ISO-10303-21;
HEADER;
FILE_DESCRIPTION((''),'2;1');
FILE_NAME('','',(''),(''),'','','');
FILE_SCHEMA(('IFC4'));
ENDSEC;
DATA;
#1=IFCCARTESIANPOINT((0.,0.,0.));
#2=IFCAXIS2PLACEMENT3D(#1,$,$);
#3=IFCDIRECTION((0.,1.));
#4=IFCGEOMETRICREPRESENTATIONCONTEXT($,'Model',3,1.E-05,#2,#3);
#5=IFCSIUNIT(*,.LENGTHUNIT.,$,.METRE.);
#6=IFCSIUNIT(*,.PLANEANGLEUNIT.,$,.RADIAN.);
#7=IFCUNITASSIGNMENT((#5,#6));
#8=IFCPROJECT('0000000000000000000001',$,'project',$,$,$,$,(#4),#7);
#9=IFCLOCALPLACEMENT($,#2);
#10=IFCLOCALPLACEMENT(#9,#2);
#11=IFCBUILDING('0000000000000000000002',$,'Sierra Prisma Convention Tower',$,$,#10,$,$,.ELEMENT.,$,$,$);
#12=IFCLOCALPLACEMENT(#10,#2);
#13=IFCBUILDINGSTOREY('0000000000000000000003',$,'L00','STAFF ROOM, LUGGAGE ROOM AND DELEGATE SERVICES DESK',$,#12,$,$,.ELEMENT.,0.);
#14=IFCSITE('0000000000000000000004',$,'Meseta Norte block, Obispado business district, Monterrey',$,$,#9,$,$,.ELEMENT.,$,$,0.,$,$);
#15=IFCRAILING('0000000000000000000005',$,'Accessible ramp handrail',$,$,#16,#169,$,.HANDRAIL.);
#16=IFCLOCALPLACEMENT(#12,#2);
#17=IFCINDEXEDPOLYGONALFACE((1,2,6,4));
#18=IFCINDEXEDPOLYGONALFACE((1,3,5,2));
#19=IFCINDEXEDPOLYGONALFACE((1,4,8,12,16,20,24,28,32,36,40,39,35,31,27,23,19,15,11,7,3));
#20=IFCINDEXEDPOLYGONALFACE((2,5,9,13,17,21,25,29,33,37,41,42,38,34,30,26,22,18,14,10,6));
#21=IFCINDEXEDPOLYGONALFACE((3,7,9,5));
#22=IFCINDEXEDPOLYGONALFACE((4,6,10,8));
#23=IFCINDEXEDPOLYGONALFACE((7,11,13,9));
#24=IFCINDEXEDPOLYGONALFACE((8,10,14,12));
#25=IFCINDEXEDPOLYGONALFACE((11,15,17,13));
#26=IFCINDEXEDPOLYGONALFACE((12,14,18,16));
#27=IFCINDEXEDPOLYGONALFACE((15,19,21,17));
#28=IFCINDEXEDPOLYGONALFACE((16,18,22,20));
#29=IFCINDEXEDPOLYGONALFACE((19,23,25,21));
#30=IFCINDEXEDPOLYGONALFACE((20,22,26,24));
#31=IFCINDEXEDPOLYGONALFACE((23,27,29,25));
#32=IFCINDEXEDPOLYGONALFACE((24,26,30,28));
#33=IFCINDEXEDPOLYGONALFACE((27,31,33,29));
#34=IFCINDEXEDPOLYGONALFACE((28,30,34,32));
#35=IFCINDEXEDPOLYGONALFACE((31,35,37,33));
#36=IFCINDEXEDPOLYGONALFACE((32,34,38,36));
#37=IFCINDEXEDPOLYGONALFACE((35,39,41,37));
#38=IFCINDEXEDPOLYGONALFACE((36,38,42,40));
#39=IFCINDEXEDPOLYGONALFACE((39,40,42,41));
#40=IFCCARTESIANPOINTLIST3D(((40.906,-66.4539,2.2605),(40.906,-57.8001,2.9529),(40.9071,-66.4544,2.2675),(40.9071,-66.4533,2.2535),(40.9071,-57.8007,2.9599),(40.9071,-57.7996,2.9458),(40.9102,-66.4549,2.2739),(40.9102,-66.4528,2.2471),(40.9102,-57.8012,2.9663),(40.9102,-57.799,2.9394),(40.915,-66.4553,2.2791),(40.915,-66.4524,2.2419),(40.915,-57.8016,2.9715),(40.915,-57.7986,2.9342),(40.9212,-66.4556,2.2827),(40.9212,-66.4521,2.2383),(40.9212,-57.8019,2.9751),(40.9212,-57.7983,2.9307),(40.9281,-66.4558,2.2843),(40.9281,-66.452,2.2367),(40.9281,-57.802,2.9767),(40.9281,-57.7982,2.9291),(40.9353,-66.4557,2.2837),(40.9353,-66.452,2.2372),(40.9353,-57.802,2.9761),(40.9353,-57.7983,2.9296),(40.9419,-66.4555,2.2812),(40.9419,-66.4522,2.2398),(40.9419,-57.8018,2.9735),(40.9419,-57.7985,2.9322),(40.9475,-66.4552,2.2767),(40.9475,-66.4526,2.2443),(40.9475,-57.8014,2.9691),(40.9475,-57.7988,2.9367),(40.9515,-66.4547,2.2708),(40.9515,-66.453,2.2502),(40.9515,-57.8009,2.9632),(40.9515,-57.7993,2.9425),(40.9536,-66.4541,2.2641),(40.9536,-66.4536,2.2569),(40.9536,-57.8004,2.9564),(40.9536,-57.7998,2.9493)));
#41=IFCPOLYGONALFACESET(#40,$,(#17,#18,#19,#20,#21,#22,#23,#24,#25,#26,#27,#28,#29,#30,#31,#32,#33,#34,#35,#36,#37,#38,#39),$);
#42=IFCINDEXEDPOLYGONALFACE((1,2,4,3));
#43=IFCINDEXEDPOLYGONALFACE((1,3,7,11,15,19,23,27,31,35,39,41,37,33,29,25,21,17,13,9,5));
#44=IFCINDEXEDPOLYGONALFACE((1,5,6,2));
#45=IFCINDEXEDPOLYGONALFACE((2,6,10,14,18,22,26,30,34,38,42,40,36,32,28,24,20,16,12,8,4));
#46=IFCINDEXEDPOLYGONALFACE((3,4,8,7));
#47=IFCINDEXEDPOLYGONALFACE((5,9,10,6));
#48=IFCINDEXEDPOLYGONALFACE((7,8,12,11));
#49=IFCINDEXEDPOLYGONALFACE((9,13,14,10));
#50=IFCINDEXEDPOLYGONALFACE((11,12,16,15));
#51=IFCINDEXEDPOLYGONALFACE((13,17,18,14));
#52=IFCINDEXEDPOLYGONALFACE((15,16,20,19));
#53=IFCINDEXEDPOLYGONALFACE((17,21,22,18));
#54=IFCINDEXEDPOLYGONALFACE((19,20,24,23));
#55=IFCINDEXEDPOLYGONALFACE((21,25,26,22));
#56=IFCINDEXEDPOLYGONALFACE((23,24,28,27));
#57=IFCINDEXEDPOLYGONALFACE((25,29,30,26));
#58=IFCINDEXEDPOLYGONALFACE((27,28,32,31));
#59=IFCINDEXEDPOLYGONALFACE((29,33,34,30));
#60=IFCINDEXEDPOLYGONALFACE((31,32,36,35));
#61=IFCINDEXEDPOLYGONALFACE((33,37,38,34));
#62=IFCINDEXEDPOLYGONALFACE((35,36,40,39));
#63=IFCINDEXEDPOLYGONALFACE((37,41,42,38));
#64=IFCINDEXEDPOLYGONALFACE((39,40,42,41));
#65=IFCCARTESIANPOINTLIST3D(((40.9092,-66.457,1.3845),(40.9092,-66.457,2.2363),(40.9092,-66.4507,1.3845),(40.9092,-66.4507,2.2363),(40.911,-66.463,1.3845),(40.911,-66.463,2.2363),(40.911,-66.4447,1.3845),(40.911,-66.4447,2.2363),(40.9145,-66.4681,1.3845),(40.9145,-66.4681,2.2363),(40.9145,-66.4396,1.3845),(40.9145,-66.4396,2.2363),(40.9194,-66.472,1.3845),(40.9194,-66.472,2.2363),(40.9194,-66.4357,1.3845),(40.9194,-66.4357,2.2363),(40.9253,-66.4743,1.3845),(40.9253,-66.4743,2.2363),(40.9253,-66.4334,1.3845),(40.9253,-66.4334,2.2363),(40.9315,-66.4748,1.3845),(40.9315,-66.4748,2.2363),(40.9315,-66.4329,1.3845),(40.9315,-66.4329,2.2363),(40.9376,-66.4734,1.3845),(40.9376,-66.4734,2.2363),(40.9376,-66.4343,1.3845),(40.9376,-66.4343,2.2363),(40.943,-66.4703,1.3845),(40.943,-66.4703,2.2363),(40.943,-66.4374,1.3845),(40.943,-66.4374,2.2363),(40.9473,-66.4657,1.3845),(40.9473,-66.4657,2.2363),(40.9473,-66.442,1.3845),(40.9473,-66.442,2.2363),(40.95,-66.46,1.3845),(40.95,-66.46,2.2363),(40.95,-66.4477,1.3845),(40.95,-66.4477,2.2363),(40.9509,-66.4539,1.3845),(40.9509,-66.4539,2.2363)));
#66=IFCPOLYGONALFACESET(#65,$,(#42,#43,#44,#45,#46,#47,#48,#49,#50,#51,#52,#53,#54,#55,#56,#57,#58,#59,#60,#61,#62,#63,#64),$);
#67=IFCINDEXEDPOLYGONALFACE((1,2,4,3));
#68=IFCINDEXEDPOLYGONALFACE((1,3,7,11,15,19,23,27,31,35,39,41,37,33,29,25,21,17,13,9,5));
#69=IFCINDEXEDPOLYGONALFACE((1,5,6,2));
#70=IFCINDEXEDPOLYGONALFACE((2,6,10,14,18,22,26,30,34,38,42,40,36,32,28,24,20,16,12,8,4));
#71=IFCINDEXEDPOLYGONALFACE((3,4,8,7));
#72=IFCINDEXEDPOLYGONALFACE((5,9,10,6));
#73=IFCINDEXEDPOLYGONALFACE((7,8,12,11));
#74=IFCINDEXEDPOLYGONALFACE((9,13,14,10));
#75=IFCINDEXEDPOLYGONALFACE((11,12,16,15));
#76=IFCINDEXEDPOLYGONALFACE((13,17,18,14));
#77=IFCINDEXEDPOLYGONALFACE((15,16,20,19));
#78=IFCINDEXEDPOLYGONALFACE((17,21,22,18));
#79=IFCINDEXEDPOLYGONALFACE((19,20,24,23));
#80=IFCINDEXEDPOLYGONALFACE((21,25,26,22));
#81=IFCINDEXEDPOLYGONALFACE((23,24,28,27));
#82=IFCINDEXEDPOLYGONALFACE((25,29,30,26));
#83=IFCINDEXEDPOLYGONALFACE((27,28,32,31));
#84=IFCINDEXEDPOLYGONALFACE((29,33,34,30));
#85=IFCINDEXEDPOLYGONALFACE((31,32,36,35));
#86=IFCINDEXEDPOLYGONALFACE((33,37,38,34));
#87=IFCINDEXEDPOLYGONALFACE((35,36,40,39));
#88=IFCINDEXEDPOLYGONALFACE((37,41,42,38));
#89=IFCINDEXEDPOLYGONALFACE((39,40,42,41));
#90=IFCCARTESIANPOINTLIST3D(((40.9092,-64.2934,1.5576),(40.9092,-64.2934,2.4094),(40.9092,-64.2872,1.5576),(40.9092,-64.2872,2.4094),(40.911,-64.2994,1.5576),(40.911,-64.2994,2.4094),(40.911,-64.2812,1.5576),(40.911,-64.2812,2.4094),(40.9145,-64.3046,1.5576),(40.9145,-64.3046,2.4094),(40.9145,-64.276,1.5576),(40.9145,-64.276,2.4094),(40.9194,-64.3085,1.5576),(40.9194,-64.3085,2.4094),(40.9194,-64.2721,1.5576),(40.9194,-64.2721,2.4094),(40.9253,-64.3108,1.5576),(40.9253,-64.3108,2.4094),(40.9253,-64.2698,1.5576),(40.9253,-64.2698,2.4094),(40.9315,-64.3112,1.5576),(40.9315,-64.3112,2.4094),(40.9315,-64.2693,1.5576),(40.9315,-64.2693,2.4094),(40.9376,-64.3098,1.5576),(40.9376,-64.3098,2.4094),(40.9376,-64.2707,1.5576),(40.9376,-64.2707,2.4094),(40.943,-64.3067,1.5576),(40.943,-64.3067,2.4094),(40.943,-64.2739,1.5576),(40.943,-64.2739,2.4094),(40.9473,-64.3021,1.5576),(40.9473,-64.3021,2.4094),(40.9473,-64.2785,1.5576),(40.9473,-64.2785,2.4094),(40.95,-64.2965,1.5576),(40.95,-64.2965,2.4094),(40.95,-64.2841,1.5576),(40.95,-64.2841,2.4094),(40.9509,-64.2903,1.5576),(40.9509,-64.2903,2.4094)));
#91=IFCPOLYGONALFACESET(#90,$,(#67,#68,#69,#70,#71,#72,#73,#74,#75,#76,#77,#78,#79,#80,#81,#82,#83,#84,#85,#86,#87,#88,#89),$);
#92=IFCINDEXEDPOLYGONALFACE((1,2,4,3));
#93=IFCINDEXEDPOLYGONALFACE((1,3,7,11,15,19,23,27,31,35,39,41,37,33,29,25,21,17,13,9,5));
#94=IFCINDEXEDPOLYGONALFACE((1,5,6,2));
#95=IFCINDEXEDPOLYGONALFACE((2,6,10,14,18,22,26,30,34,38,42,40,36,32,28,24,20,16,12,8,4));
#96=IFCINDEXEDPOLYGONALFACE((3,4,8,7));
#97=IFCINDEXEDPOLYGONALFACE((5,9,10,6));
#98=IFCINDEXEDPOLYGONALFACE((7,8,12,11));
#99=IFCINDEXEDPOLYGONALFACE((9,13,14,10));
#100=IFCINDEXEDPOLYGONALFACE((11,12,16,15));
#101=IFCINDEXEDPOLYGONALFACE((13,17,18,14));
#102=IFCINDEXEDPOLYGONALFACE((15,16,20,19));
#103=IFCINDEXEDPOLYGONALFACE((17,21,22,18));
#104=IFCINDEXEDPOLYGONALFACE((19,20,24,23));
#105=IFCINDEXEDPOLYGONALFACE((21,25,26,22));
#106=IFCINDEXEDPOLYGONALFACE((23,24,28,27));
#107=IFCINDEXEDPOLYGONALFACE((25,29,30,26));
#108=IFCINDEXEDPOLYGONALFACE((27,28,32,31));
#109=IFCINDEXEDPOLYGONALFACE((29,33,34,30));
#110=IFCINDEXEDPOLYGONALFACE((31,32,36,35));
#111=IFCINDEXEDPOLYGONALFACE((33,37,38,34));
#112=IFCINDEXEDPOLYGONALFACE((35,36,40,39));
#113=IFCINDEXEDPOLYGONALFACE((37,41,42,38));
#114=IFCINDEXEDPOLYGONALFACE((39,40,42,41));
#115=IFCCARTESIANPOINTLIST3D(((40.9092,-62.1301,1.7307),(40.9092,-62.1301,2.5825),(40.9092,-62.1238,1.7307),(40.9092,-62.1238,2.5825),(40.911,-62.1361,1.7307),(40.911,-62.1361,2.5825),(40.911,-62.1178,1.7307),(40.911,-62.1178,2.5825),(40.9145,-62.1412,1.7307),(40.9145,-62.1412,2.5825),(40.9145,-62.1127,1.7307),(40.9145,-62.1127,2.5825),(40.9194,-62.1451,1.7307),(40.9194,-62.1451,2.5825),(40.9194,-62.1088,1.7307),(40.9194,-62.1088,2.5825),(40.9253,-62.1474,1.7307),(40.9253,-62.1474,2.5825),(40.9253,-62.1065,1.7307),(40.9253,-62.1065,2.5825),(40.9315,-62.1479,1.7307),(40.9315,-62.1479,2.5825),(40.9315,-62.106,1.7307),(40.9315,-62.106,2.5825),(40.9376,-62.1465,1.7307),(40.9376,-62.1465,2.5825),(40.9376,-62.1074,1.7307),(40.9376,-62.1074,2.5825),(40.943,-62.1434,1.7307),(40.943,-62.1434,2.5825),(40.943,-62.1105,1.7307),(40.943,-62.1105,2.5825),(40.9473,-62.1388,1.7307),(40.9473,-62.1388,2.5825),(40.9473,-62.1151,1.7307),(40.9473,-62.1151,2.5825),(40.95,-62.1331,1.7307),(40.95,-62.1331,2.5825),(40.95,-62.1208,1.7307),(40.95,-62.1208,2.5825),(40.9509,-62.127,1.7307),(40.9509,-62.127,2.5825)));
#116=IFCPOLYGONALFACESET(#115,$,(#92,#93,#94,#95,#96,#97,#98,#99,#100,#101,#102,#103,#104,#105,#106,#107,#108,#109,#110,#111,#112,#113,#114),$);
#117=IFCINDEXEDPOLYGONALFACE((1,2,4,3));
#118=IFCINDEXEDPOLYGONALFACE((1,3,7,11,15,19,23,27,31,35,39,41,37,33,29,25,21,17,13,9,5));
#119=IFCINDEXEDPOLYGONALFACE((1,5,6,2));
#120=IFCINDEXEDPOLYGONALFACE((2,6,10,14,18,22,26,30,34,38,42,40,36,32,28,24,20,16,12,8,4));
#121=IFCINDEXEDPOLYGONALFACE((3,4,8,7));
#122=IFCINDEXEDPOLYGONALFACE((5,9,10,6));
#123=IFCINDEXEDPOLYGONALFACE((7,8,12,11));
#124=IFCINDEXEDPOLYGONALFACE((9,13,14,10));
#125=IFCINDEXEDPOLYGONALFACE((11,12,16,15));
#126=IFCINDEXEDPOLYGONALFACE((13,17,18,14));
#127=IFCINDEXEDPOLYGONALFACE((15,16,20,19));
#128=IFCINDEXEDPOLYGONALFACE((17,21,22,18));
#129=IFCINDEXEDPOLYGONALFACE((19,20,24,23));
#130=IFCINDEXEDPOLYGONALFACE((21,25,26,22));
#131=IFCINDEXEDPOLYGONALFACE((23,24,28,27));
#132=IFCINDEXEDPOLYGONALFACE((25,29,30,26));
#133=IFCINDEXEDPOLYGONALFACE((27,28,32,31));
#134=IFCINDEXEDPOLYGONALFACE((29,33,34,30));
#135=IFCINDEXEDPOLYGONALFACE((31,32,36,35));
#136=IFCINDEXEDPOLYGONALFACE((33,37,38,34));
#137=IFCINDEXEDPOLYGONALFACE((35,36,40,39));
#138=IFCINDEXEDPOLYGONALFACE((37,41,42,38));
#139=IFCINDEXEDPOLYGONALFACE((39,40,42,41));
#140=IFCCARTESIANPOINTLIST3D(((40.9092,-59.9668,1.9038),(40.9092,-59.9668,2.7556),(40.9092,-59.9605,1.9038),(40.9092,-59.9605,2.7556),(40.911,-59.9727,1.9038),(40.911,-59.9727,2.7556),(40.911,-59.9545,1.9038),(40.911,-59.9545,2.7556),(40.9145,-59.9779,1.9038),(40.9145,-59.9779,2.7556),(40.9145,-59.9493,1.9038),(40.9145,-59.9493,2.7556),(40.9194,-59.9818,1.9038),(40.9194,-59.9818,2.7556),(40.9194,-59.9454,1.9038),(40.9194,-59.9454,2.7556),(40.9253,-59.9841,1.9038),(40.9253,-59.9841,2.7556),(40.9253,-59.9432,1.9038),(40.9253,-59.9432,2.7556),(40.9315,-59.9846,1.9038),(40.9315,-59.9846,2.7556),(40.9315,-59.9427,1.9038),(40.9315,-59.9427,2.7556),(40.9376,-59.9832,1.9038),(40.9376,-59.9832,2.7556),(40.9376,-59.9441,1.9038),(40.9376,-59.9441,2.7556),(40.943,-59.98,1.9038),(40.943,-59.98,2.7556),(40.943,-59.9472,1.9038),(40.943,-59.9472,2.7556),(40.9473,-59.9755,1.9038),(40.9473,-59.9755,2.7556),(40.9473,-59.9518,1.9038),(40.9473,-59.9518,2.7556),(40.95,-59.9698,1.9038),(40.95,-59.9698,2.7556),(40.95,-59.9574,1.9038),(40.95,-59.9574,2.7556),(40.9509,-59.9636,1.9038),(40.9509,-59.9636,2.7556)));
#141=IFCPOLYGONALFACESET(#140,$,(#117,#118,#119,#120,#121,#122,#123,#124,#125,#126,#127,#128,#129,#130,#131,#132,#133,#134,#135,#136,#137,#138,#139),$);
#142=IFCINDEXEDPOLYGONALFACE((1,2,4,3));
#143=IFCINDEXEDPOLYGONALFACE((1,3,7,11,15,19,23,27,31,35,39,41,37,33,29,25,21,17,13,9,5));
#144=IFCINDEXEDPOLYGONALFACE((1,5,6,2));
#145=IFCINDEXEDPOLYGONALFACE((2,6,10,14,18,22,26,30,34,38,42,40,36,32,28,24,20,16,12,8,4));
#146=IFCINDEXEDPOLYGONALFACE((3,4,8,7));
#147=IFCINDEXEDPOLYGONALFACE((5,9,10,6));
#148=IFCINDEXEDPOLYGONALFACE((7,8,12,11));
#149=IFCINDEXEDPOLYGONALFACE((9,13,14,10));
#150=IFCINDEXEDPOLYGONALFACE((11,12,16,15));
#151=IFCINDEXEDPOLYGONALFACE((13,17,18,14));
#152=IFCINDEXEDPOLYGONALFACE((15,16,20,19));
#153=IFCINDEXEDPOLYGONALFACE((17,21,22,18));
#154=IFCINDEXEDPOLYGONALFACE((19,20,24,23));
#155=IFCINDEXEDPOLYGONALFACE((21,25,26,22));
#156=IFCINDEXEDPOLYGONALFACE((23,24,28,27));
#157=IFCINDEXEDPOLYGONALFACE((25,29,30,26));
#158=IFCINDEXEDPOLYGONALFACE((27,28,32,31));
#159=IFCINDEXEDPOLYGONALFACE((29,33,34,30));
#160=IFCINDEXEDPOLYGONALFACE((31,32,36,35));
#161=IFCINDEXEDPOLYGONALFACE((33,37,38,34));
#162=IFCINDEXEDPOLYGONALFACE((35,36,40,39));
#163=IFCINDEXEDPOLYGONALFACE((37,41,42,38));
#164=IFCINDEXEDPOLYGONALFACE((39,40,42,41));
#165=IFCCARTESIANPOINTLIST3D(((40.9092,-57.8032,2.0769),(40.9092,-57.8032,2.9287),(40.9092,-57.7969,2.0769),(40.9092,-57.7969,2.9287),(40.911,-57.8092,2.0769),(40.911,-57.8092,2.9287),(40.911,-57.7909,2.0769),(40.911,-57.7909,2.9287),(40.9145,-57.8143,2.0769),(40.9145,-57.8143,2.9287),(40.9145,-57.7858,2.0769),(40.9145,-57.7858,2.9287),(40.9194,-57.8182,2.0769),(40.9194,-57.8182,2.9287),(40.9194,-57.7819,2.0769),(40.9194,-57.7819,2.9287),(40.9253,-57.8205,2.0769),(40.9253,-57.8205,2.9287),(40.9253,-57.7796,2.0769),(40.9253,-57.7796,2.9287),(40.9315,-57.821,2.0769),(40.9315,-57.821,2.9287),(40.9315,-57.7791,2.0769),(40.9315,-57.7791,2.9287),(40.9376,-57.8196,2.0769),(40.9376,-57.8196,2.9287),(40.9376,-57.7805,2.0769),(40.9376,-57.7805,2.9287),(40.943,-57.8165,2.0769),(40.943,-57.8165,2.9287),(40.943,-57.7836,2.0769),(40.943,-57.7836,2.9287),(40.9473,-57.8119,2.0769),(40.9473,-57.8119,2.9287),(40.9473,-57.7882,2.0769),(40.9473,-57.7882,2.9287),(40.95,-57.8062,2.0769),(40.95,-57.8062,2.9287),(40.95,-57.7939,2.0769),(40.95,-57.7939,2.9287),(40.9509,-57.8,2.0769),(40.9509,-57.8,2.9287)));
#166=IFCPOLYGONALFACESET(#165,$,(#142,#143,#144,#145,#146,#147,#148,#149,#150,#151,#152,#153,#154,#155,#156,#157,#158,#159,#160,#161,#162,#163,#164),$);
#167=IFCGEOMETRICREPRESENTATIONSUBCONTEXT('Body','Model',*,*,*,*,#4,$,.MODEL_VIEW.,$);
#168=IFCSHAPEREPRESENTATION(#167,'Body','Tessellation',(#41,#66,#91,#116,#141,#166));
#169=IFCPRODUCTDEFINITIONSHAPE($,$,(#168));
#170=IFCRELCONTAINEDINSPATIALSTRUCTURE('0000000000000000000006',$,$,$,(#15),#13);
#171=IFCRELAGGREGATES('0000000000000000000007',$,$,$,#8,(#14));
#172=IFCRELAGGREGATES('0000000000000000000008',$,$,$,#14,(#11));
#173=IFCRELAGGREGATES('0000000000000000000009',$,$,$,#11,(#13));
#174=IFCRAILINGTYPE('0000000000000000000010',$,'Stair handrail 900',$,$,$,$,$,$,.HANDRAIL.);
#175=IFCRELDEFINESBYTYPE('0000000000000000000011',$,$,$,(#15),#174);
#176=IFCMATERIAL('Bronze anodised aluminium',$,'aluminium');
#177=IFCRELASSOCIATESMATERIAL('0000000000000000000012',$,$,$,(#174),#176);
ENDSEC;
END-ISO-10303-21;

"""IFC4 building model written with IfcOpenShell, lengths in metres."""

from ifc_helpers import new_model, si_unit, direction, frame, origin, origin_2d, place, context, subcontext, project, spatial, circle, extrude, material, type_object, element, save


model = new_model("IFC4")

# Units and contexts
model_context = context("Model", 3, precision=1e-05, world=origin(), true_north=direction((0.0, 1.0)))
body_context = subcontext(model_context, "Body", "Model", "MODEL_VIEW")
ifc_project = project(units=[si_unit("LENGTHUNIT", "METRE"), si_unit("PLANEANGLEUNIT", "RADIAN")], contexts=[model_context])

# Site, building, storey
site_placement = place(None, origin())
site = spatial("IfcSite", under=ifc_project, at=site_placement, Name="Meseta Norte block, Obispado business district, Monterrey", CompositionType="ELEMENT", RefElevation=0.0)
building_placement = place(site_placement, origin())
building = spatial("IfcBuilding", under=site, at=building_placement, Name="Sierra Prisma Convention Tower", CompositionType="ELEMENT")
storey_placement = place(building_placement, origin())
storey = spatial("IfcBuildingStorey", under=building, at=storey_placement, Name="L00", Description="STAFF ROOM, LUGGAGE ROOM AND DELEGATE SERVICES DESK", CompositionType="ELEMENT", Elevation=0.0)

# Railing
ifc_material_1 = material(Name="Bronze anodised aluminium", Category="aluminium")
railing_type_1 = type_object("IfcRailingType", Name="Stair handrail 900", PredefinedType="HANDRAIL", material=ifc_material_1)
for number, where, name in (
    (1, (40.9299, -66.4539, 1.3845), "Accessible ramp handrail"),
):
    element("IfcRailing", number, at=place(storey_placement, frame(where)), inside=storey, type_object=railing_type_1, Name=name, PredefinedType="HANDRAIL", context=body_context, shape_type="SweptSolid", body=[
        extrude(circle(Radius=0.0239, at=origin_2d()), frame((0.0, 0.0, 0.876), z_axis=(0.0, 0.996815, 0.079754), x_axis=(-1.0, 0.0, 0.0)), (0.0, 0.0, 1.0), 8.6814),
        extrude(circle(Radius=0.021, at=origin_2d()), origin(), (0.0, 0.0, 1.0), 0.8518),
        extrude(circle(Radius=0.021, at=origin_2d()), frame((0.0, 2.1636, 0.1731)), (0.0, 0.0, 1.0), 0.8518),
        extrude(circle(Radius=0.021, at=origin_2d()), frame((0.0, 4.3269, 0.3462)), (0.0, 0.0, 1.0), 0.8518),
        extrude(circle(Radius=0.021, at=origin_2d()), frame((0.0, 6.4902, 0.5193)), (0.0, 0.0, 1.0), 0.8518),
        extrude(circle(Radius=0.021, at=origin_2d()), frame((0.0, 8.6538, 0.6924)), (0.0, 0.0, 1.0), 0.8518),
    ])

save(model, "model.ifc")
